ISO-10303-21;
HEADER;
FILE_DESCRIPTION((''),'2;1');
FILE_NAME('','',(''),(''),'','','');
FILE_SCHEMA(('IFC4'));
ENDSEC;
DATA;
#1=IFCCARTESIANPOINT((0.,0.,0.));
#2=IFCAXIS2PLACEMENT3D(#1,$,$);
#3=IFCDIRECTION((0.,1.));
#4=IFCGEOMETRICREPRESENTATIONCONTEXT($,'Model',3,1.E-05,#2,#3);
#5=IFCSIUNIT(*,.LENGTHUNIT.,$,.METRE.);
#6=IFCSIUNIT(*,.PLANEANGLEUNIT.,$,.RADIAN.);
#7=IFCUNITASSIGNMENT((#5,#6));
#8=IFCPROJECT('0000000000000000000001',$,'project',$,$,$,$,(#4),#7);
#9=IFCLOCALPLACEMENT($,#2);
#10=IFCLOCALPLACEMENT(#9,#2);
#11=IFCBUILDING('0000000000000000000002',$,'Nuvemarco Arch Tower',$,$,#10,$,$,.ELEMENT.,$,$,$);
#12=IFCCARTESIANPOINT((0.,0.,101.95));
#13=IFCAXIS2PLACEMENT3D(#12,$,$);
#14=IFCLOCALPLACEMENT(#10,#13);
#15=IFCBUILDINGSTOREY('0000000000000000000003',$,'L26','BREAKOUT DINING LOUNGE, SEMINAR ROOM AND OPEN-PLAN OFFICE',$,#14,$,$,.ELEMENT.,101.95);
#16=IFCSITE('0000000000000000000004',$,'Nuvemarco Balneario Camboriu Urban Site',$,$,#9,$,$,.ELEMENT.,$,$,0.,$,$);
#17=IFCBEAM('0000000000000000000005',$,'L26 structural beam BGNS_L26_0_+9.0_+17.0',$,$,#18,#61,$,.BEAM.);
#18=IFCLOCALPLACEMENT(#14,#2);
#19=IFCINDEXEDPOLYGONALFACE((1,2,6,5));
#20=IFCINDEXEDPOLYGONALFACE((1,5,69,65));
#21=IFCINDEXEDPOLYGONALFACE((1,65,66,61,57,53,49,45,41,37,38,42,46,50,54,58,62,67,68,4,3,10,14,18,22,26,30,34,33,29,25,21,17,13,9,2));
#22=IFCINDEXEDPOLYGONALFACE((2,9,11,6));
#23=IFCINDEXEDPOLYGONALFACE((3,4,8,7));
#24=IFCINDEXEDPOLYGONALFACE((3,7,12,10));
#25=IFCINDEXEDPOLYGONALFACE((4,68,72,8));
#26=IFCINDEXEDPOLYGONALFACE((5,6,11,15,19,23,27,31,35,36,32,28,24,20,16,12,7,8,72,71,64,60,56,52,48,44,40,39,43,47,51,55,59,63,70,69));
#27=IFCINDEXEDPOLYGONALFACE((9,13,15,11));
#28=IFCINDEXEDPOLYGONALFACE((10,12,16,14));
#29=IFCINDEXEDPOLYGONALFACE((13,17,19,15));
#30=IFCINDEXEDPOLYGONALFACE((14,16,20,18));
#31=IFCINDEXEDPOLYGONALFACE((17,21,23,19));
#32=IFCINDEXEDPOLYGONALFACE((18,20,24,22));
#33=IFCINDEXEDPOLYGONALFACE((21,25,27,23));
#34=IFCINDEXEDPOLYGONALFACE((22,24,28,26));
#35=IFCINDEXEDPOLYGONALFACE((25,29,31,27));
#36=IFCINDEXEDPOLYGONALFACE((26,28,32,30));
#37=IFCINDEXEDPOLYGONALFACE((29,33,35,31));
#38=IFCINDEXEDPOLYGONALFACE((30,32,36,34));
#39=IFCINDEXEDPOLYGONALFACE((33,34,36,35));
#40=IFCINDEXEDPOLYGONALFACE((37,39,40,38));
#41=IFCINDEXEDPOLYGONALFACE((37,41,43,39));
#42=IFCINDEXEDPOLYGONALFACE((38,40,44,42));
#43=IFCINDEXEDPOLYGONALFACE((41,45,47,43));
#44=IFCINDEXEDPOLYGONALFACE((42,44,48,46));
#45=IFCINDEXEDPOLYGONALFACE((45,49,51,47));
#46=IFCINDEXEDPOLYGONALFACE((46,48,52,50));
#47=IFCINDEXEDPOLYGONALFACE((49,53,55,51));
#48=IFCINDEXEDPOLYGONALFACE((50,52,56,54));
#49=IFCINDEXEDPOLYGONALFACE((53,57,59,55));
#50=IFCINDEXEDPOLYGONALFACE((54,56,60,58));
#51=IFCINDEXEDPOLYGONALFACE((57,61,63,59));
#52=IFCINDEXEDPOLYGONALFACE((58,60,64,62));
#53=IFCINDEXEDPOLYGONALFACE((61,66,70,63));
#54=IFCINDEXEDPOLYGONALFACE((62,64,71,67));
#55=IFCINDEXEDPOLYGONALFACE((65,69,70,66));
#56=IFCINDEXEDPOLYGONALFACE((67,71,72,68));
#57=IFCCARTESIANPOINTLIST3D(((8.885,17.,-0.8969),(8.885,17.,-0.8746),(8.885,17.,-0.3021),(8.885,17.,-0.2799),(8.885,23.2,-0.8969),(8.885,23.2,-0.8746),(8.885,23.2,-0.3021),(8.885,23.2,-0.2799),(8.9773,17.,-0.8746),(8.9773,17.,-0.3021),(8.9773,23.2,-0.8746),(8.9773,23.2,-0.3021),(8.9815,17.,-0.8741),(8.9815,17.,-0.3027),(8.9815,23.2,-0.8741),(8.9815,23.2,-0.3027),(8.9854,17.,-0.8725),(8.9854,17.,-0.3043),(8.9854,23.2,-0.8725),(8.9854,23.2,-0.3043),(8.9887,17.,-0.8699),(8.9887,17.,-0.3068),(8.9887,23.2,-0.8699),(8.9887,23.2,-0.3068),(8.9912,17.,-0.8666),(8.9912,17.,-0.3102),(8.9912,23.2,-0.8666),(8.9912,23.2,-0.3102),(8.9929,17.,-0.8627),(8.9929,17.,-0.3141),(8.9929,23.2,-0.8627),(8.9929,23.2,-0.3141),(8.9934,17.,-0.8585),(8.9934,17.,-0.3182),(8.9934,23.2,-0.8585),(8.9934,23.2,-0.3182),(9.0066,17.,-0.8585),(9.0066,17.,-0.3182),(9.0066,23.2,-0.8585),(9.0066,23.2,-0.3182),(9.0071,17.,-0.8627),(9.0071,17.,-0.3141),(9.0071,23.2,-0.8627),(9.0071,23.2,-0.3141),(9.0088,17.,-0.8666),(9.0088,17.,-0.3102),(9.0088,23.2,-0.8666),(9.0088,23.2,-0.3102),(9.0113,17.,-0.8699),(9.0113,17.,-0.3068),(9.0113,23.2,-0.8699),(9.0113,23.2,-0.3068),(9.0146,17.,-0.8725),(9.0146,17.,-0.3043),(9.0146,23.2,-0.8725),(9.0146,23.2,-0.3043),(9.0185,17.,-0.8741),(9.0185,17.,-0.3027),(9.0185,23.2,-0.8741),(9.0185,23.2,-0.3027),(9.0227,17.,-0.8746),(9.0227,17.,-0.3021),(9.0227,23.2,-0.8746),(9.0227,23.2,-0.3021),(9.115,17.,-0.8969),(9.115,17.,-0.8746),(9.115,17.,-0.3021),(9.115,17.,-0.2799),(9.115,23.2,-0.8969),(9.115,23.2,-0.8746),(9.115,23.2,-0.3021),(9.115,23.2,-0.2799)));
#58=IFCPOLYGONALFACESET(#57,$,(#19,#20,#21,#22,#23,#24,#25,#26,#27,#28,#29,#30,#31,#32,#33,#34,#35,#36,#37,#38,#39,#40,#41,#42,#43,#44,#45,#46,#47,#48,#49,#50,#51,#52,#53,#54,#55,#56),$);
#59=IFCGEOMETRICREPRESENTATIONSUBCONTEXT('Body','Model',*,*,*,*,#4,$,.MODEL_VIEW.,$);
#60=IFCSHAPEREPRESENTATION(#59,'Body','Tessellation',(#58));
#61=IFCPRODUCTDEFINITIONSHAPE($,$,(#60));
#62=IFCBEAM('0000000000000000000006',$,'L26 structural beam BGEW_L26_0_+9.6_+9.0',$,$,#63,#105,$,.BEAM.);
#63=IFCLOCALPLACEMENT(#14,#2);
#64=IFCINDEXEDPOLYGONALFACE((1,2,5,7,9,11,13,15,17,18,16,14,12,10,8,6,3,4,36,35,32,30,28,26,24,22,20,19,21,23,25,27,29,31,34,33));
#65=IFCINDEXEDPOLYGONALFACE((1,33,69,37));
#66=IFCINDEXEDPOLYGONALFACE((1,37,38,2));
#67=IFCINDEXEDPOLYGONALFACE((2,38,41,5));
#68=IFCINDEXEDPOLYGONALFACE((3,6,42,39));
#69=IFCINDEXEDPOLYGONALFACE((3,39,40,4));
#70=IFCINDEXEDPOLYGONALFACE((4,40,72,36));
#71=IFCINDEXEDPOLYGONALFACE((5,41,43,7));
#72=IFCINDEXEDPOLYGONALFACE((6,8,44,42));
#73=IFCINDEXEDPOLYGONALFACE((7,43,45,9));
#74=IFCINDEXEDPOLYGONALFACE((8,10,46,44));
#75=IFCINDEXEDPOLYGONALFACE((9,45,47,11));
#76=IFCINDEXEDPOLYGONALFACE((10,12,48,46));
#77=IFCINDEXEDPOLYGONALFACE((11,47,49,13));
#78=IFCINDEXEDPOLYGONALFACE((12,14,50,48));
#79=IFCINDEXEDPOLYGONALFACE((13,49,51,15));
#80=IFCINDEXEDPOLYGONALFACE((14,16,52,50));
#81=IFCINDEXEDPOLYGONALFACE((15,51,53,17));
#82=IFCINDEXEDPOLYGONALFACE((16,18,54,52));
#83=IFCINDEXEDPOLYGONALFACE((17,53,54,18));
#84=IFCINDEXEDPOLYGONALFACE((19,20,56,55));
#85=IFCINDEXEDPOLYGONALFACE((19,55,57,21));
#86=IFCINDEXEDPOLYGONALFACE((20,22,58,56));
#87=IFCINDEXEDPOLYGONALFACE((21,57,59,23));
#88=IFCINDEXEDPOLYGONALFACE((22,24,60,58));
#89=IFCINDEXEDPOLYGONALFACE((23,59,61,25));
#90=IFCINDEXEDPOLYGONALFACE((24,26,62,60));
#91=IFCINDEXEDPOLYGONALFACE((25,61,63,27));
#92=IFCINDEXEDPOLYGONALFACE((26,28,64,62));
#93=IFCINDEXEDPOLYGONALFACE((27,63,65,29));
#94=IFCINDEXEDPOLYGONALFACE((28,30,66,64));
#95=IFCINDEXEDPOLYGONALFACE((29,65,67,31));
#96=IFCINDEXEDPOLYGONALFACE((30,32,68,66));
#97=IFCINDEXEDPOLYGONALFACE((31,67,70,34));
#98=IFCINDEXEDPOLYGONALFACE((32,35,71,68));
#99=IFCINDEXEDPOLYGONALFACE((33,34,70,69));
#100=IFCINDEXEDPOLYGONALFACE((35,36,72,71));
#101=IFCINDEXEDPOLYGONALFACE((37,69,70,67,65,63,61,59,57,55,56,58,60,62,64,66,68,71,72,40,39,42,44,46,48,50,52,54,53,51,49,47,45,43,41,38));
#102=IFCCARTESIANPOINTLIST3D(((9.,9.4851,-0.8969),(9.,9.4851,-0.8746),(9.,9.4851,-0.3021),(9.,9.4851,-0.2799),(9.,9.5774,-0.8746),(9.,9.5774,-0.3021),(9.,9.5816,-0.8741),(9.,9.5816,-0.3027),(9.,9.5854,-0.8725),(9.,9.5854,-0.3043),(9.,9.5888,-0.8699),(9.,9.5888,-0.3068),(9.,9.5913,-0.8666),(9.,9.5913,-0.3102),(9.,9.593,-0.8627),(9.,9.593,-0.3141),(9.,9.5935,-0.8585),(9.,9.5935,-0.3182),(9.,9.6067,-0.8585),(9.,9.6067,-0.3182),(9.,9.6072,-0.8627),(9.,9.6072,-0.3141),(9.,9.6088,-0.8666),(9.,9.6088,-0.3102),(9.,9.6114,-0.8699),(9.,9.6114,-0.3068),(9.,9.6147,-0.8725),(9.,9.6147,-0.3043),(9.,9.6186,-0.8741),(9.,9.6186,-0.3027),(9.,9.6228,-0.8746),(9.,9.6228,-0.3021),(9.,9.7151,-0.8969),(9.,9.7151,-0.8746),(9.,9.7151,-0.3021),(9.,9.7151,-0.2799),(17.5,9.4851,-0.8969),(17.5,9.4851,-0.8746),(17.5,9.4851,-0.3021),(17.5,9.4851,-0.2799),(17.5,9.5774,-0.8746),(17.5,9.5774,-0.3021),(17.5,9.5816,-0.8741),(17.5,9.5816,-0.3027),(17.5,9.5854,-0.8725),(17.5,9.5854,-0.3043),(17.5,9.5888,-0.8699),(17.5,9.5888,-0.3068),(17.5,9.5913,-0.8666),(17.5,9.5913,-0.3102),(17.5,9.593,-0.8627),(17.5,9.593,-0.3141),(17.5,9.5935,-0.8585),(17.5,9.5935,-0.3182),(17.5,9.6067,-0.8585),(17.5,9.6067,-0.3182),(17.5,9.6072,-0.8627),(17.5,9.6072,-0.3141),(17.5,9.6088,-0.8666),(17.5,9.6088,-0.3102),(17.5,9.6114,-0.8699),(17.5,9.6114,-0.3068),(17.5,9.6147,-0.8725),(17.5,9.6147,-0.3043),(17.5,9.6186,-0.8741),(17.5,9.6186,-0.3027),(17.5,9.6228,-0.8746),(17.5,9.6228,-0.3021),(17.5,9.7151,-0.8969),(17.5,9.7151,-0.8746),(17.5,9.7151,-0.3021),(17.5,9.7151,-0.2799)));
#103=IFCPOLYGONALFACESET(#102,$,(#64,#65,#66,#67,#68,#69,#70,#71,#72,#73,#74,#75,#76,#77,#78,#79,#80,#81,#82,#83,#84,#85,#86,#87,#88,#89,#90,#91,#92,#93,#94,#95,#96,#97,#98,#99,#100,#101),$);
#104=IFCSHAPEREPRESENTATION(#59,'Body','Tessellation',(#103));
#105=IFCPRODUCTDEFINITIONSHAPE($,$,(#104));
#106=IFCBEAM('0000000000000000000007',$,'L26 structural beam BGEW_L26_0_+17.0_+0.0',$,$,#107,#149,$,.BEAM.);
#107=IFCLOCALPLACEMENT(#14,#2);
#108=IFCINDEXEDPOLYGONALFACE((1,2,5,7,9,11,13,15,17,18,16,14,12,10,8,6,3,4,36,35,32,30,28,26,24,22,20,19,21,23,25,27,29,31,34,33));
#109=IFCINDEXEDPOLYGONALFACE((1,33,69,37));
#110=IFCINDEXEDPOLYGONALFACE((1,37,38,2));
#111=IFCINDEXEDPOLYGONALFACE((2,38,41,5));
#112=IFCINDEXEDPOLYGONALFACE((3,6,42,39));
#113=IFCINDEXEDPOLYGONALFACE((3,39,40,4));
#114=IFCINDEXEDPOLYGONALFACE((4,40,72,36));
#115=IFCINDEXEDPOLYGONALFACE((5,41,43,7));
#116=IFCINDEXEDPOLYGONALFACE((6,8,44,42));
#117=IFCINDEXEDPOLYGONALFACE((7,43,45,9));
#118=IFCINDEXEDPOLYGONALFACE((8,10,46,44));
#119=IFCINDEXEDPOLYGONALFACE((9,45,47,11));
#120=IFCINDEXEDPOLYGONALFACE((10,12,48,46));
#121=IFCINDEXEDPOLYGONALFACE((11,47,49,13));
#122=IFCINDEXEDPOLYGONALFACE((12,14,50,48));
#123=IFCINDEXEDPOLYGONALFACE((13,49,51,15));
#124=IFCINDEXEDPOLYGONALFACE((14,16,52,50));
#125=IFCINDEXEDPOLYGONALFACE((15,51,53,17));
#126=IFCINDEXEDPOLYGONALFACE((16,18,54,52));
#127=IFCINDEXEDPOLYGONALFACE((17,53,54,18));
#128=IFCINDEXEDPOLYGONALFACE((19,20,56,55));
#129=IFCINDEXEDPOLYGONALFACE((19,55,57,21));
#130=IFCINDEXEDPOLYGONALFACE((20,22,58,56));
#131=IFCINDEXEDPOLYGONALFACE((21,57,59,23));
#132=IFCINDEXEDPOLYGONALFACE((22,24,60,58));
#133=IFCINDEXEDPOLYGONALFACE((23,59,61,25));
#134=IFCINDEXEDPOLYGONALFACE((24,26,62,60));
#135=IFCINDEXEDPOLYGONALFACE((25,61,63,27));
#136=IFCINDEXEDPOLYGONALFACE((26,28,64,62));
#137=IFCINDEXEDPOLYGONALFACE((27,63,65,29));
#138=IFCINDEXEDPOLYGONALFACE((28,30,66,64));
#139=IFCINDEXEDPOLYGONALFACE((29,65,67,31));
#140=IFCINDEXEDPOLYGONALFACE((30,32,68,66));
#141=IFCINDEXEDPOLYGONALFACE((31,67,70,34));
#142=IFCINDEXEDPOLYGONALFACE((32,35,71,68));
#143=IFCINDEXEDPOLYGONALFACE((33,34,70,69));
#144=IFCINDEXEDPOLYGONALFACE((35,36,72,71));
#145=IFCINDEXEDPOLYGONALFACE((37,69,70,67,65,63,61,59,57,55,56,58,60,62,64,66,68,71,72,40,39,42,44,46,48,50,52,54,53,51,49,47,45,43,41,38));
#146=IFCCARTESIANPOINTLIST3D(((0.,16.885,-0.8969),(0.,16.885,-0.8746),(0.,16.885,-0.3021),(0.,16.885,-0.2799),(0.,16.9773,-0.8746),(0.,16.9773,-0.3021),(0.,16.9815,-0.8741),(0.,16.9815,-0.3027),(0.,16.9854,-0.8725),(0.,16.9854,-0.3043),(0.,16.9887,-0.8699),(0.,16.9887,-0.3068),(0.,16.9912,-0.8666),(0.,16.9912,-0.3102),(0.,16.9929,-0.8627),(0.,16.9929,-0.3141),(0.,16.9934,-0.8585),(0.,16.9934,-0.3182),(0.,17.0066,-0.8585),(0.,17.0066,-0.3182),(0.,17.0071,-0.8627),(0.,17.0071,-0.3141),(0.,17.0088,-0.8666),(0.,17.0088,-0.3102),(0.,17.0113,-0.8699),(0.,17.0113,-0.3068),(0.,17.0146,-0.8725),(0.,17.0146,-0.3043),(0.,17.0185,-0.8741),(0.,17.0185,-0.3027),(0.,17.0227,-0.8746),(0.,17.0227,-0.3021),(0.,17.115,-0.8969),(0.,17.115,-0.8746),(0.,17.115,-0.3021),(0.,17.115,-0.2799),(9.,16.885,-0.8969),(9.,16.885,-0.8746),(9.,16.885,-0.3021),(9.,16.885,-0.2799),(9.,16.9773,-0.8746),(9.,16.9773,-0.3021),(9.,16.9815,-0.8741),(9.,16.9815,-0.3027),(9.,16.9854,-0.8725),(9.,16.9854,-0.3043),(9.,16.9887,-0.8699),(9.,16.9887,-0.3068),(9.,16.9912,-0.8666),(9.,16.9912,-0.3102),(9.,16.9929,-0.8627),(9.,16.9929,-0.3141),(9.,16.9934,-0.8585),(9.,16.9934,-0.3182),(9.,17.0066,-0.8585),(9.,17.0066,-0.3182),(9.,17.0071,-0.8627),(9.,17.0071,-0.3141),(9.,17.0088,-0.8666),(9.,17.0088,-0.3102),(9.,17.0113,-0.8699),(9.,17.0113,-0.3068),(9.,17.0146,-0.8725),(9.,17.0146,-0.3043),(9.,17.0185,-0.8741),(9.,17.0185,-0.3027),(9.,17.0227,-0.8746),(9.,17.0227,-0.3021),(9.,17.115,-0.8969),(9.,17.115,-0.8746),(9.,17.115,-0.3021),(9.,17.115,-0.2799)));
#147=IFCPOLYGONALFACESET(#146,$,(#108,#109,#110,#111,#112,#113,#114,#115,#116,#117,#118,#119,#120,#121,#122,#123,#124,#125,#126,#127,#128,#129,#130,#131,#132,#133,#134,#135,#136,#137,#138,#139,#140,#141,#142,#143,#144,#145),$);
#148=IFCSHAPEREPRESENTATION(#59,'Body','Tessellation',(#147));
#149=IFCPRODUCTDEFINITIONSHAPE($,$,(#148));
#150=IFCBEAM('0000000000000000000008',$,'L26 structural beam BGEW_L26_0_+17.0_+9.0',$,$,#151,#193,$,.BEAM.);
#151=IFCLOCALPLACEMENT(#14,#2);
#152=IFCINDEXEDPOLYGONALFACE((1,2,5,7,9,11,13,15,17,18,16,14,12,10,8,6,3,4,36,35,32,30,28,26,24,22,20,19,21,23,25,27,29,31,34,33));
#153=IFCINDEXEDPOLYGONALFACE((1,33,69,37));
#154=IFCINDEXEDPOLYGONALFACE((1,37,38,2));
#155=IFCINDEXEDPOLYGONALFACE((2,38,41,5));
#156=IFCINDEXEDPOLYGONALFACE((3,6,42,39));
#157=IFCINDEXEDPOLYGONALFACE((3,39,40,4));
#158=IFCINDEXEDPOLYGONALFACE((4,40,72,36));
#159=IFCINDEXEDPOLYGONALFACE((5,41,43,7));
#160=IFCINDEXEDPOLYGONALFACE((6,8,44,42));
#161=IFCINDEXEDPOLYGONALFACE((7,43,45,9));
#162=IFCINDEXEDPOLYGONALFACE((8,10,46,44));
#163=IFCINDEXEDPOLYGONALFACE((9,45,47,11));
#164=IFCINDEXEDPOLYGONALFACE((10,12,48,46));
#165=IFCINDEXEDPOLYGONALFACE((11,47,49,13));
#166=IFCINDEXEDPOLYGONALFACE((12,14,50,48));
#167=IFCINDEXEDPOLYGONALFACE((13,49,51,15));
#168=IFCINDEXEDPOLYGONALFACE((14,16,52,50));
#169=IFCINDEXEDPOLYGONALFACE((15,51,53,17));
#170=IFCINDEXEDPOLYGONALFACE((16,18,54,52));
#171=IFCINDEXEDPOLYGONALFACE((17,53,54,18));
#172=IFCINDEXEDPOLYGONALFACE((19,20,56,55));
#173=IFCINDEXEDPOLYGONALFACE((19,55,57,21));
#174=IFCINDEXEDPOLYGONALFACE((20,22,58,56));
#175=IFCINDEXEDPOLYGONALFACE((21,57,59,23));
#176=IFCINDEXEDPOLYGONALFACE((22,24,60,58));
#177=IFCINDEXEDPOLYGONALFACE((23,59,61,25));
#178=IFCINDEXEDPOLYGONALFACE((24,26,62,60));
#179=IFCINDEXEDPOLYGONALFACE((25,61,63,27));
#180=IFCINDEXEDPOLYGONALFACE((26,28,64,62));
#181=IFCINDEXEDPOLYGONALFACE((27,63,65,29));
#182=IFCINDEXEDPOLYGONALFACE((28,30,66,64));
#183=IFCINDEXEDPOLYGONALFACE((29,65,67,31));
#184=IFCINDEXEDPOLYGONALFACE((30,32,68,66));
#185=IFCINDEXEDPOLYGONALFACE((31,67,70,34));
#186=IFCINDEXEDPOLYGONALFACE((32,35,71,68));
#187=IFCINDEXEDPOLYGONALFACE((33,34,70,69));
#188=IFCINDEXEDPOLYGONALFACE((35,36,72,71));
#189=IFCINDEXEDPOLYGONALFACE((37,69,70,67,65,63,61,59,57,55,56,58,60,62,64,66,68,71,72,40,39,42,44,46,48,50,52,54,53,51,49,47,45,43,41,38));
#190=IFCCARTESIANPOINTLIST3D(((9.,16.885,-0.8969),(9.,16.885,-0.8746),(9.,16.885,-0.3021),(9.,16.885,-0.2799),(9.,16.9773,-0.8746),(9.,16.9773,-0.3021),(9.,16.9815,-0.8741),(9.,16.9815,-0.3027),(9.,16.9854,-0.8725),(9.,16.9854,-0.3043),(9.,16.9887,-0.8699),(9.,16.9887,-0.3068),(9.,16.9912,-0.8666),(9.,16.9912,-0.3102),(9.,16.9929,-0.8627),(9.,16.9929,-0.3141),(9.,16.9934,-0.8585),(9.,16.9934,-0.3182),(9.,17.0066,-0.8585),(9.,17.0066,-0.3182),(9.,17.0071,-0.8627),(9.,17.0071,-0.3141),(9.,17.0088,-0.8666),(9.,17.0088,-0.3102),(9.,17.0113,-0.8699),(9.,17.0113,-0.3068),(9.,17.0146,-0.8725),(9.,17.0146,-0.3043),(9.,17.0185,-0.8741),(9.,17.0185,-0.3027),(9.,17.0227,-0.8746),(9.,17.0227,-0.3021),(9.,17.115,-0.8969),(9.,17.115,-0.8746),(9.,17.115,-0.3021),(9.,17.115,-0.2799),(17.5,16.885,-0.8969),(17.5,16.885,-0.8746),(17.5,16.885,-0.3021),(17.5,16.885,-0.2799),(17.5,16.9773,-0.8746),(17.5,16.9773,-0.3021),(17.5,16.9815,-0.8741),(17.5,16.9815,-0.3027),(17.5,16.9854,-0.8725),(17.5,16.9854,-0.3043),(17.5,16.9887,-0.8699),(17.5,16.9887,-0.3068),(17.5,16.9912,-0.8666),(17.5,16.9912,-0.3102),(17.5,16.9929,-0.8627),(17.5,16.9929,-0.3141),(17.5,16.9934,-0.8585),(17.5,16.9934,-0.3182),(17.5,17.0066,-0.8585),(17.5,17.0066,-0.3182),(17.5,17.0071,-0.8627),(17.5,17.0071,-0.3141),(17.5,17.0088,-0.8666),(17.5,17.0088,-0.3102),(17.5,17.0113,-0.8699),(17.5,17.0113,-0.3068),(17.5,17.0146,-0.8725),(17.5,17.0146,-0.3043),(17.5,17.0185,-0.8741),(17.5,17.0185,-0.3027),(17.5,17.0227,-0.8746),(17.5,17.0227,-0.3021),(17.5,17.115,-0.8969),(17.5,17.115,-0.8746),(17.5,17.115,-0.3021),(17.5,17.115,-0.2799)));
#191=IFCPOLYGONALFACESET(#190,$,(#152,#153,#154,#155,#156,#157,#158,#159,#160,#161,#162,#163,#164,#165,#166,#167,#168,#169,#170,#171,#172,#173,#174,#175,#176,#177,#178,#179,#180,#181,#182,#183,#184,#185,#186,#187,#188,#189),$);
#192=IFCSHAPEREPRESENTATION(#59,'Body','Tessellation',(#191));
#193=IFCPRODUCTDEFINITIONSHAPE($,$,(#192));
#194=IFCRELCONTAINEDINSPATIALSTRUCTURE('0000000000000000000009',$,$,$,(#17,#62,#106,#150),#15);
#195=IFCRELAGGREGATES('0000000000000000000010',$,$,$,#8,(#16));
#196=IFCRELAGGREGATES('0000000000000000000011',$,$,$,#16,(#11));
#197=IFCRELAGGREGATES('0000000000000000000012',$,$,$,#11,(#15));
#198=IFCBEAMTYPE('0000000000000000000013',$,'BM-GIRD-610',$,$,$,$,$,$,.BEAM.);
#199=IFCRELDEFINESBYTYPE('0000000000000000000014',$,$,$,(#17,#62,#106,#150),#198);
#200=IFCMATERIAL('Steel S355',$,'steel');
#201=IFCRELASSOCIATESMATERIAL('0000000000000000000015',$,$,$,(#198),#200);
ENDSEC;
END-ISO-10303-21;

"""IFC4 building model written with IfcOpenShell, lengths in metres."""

from ifc_helpers import new_model, si_unit, direction, frame, origin, origin_2d, place, context, subcontext, project, spatial, i_section, extrude, material, material_profile, profile_set, type_object, element, save


model = new_model("IFC4")

# Units and contexts
model_context = context("Model", 3, precision=1e-05, world=origin(), true_north=direction((0.0, 1.0)))
body_context = subcontext(model_context, "Body", "Model", "MODEL_VIEW")
ifc_project = project(units=[si_unit("LENGTHUNIT", "METRE"), si_unit("PLANEANGLEUNIT", "RADIAN")], contexts=[model_context])

# Site, building, storey
site_placement = place(None, origin())
site = spatial("IfcSite", under=ifc_project, at=site_placement, Name="Nuvemarco Balneario Camboriu Urban Site", CompositionType="ELEMENT", RefElevation=0.0)
building_placement = place(site_placement, origin())
building = spatial("IfcBuilding", under=site, at=building_placement, Name="Nuvemarco Arch Tower", CompositionType="ELEMENT")
storey_placement = place(building_placement, frame((0.0, 0.0, 101.95)))
storey = spatial("IfcBuildingStorey", under=building, at=storey_placement, Name="L26", Description="BREAKOUT DINING LOUNGE, SEMINAR ROOM AND OPEN-PLAN OFFICE", CompositionType="ELEMENT", Elevation=101.95)

# Shared definitions
ifc_material_1 = material(Name="Steel S355", Category="steel")

# Beams
ifc_material_profile_1 = material_profile(ifc_material_1, i_section(OverallWidth=0.23, OverallDepth=0.6169, WebThickness=0.0132, FlangeThickness=0.0222, FilletRadius=0.0161, at=origin_2d()), Name="W610x140")
ifc_profile_set_1 = profile_set([ifc_material_profile_1], Name="Steel S355")
beam_type_1 = type_object("IfcBeamType", Name="BM-GIRD-610", PredefinedType="BEAM", material=ifc_profile_set_1)
beam_1_placement = place(storey_placement, frame((9.0, 17.0, -0.5884), z_axis=(0.0, 1.0, 0.0), x_axis=(-1.0, 0.0, 0.0)))
element("IfcBeam", 1, at=beam_1_placement, inside=storey, type_object=beam_type_1, Name="L26 structural beam BGNS_L26_0_+9.0_+17.0", PredefinedType="BEAM", context=body_context, shape_type="SweptSolid", body=[
    extrude(i_section(OverallWidth=0.23, OverallDepth=0.6169, WebThickness=0.0132, FlangeThickness=0.0222, FilletRadius=0.0161, at=origin_2d()), origin(), (0.0, 0.0, 1.0), 6.2),
])
beam_2_placement = place(storey_placement, frame((9.0, 9.6001, -0.5884), z_axis=(1.0, 0.0, 0.0), x_axis=(0.0, 1.0, 0.0)))
element("IfcBeam", 2, at=beam_2_placement, inside=storey, type_object=beam_type_1, Name="L26 structural beam BGEW_L26_0_+9.6_+9.0", PredefinedType="BEAM", context=body_context, shape_type="SweptSolid", body=[
    extrude(i_section(OverallWidth=0.23, OverallDepth=0.6169, WebThickness=0.0132, FlangeThickness=0.0222, FilletRadius=0.0161, at=origin_2d()), origin(), (0.0, 0.0, 1.0), 8.5),
])
beam_3_placement = place(storey_placement, frame((0.0, 17.0, -0.5884), z_axis=(1.0, 0.0, 0.0), x_axis=(0.0, 1.0, 0.0)))
element("IfcBeam", 3, at=beam_3_placement, inside=storey, type_object=beam_type_1, Name="L26 structural beam BGEW_L26_0_+17.0_+0.0", PredefinedType="BEAM", context=body_context, shape_type="SweptSolid", body=[
    extrude(i_section(OverallWidth=0.23, OverallDepth=0.6169, WebThickness=0.0132, FlangeThickness=0.0222, FilletRadius=0.0161, at=origin_2d()), origin(), (0.0, 0.0, 1.0), 9.0),
])
beam_4_placement = place(storey_placement, frame((9.0, 17.0, -0.5884), z_axis=(1.0, 0.0, 0.0), x_axis=(0.0, 1.0, 0.0)))
element("IfcBeam", 4, at=beam_4_placement, inside=storey, type_object=beam_type_1, Name="L26 structural beam BGEW_L26_0_+17.0_+9.0", PredefinedType="BEAM", context=body_context, shape_type="SweptSolid", body=[
    extrude(i_section(OverallWidth=0.23, OverallDepth=0.6169, WebThickness=0.0132, FlangeThickness=0.0222, FilletRadius=0.0161, at=origin_2d()), origin(), (0.0, 0.0, 1.0), 8.5),
])

save(model, "model.ifc")
